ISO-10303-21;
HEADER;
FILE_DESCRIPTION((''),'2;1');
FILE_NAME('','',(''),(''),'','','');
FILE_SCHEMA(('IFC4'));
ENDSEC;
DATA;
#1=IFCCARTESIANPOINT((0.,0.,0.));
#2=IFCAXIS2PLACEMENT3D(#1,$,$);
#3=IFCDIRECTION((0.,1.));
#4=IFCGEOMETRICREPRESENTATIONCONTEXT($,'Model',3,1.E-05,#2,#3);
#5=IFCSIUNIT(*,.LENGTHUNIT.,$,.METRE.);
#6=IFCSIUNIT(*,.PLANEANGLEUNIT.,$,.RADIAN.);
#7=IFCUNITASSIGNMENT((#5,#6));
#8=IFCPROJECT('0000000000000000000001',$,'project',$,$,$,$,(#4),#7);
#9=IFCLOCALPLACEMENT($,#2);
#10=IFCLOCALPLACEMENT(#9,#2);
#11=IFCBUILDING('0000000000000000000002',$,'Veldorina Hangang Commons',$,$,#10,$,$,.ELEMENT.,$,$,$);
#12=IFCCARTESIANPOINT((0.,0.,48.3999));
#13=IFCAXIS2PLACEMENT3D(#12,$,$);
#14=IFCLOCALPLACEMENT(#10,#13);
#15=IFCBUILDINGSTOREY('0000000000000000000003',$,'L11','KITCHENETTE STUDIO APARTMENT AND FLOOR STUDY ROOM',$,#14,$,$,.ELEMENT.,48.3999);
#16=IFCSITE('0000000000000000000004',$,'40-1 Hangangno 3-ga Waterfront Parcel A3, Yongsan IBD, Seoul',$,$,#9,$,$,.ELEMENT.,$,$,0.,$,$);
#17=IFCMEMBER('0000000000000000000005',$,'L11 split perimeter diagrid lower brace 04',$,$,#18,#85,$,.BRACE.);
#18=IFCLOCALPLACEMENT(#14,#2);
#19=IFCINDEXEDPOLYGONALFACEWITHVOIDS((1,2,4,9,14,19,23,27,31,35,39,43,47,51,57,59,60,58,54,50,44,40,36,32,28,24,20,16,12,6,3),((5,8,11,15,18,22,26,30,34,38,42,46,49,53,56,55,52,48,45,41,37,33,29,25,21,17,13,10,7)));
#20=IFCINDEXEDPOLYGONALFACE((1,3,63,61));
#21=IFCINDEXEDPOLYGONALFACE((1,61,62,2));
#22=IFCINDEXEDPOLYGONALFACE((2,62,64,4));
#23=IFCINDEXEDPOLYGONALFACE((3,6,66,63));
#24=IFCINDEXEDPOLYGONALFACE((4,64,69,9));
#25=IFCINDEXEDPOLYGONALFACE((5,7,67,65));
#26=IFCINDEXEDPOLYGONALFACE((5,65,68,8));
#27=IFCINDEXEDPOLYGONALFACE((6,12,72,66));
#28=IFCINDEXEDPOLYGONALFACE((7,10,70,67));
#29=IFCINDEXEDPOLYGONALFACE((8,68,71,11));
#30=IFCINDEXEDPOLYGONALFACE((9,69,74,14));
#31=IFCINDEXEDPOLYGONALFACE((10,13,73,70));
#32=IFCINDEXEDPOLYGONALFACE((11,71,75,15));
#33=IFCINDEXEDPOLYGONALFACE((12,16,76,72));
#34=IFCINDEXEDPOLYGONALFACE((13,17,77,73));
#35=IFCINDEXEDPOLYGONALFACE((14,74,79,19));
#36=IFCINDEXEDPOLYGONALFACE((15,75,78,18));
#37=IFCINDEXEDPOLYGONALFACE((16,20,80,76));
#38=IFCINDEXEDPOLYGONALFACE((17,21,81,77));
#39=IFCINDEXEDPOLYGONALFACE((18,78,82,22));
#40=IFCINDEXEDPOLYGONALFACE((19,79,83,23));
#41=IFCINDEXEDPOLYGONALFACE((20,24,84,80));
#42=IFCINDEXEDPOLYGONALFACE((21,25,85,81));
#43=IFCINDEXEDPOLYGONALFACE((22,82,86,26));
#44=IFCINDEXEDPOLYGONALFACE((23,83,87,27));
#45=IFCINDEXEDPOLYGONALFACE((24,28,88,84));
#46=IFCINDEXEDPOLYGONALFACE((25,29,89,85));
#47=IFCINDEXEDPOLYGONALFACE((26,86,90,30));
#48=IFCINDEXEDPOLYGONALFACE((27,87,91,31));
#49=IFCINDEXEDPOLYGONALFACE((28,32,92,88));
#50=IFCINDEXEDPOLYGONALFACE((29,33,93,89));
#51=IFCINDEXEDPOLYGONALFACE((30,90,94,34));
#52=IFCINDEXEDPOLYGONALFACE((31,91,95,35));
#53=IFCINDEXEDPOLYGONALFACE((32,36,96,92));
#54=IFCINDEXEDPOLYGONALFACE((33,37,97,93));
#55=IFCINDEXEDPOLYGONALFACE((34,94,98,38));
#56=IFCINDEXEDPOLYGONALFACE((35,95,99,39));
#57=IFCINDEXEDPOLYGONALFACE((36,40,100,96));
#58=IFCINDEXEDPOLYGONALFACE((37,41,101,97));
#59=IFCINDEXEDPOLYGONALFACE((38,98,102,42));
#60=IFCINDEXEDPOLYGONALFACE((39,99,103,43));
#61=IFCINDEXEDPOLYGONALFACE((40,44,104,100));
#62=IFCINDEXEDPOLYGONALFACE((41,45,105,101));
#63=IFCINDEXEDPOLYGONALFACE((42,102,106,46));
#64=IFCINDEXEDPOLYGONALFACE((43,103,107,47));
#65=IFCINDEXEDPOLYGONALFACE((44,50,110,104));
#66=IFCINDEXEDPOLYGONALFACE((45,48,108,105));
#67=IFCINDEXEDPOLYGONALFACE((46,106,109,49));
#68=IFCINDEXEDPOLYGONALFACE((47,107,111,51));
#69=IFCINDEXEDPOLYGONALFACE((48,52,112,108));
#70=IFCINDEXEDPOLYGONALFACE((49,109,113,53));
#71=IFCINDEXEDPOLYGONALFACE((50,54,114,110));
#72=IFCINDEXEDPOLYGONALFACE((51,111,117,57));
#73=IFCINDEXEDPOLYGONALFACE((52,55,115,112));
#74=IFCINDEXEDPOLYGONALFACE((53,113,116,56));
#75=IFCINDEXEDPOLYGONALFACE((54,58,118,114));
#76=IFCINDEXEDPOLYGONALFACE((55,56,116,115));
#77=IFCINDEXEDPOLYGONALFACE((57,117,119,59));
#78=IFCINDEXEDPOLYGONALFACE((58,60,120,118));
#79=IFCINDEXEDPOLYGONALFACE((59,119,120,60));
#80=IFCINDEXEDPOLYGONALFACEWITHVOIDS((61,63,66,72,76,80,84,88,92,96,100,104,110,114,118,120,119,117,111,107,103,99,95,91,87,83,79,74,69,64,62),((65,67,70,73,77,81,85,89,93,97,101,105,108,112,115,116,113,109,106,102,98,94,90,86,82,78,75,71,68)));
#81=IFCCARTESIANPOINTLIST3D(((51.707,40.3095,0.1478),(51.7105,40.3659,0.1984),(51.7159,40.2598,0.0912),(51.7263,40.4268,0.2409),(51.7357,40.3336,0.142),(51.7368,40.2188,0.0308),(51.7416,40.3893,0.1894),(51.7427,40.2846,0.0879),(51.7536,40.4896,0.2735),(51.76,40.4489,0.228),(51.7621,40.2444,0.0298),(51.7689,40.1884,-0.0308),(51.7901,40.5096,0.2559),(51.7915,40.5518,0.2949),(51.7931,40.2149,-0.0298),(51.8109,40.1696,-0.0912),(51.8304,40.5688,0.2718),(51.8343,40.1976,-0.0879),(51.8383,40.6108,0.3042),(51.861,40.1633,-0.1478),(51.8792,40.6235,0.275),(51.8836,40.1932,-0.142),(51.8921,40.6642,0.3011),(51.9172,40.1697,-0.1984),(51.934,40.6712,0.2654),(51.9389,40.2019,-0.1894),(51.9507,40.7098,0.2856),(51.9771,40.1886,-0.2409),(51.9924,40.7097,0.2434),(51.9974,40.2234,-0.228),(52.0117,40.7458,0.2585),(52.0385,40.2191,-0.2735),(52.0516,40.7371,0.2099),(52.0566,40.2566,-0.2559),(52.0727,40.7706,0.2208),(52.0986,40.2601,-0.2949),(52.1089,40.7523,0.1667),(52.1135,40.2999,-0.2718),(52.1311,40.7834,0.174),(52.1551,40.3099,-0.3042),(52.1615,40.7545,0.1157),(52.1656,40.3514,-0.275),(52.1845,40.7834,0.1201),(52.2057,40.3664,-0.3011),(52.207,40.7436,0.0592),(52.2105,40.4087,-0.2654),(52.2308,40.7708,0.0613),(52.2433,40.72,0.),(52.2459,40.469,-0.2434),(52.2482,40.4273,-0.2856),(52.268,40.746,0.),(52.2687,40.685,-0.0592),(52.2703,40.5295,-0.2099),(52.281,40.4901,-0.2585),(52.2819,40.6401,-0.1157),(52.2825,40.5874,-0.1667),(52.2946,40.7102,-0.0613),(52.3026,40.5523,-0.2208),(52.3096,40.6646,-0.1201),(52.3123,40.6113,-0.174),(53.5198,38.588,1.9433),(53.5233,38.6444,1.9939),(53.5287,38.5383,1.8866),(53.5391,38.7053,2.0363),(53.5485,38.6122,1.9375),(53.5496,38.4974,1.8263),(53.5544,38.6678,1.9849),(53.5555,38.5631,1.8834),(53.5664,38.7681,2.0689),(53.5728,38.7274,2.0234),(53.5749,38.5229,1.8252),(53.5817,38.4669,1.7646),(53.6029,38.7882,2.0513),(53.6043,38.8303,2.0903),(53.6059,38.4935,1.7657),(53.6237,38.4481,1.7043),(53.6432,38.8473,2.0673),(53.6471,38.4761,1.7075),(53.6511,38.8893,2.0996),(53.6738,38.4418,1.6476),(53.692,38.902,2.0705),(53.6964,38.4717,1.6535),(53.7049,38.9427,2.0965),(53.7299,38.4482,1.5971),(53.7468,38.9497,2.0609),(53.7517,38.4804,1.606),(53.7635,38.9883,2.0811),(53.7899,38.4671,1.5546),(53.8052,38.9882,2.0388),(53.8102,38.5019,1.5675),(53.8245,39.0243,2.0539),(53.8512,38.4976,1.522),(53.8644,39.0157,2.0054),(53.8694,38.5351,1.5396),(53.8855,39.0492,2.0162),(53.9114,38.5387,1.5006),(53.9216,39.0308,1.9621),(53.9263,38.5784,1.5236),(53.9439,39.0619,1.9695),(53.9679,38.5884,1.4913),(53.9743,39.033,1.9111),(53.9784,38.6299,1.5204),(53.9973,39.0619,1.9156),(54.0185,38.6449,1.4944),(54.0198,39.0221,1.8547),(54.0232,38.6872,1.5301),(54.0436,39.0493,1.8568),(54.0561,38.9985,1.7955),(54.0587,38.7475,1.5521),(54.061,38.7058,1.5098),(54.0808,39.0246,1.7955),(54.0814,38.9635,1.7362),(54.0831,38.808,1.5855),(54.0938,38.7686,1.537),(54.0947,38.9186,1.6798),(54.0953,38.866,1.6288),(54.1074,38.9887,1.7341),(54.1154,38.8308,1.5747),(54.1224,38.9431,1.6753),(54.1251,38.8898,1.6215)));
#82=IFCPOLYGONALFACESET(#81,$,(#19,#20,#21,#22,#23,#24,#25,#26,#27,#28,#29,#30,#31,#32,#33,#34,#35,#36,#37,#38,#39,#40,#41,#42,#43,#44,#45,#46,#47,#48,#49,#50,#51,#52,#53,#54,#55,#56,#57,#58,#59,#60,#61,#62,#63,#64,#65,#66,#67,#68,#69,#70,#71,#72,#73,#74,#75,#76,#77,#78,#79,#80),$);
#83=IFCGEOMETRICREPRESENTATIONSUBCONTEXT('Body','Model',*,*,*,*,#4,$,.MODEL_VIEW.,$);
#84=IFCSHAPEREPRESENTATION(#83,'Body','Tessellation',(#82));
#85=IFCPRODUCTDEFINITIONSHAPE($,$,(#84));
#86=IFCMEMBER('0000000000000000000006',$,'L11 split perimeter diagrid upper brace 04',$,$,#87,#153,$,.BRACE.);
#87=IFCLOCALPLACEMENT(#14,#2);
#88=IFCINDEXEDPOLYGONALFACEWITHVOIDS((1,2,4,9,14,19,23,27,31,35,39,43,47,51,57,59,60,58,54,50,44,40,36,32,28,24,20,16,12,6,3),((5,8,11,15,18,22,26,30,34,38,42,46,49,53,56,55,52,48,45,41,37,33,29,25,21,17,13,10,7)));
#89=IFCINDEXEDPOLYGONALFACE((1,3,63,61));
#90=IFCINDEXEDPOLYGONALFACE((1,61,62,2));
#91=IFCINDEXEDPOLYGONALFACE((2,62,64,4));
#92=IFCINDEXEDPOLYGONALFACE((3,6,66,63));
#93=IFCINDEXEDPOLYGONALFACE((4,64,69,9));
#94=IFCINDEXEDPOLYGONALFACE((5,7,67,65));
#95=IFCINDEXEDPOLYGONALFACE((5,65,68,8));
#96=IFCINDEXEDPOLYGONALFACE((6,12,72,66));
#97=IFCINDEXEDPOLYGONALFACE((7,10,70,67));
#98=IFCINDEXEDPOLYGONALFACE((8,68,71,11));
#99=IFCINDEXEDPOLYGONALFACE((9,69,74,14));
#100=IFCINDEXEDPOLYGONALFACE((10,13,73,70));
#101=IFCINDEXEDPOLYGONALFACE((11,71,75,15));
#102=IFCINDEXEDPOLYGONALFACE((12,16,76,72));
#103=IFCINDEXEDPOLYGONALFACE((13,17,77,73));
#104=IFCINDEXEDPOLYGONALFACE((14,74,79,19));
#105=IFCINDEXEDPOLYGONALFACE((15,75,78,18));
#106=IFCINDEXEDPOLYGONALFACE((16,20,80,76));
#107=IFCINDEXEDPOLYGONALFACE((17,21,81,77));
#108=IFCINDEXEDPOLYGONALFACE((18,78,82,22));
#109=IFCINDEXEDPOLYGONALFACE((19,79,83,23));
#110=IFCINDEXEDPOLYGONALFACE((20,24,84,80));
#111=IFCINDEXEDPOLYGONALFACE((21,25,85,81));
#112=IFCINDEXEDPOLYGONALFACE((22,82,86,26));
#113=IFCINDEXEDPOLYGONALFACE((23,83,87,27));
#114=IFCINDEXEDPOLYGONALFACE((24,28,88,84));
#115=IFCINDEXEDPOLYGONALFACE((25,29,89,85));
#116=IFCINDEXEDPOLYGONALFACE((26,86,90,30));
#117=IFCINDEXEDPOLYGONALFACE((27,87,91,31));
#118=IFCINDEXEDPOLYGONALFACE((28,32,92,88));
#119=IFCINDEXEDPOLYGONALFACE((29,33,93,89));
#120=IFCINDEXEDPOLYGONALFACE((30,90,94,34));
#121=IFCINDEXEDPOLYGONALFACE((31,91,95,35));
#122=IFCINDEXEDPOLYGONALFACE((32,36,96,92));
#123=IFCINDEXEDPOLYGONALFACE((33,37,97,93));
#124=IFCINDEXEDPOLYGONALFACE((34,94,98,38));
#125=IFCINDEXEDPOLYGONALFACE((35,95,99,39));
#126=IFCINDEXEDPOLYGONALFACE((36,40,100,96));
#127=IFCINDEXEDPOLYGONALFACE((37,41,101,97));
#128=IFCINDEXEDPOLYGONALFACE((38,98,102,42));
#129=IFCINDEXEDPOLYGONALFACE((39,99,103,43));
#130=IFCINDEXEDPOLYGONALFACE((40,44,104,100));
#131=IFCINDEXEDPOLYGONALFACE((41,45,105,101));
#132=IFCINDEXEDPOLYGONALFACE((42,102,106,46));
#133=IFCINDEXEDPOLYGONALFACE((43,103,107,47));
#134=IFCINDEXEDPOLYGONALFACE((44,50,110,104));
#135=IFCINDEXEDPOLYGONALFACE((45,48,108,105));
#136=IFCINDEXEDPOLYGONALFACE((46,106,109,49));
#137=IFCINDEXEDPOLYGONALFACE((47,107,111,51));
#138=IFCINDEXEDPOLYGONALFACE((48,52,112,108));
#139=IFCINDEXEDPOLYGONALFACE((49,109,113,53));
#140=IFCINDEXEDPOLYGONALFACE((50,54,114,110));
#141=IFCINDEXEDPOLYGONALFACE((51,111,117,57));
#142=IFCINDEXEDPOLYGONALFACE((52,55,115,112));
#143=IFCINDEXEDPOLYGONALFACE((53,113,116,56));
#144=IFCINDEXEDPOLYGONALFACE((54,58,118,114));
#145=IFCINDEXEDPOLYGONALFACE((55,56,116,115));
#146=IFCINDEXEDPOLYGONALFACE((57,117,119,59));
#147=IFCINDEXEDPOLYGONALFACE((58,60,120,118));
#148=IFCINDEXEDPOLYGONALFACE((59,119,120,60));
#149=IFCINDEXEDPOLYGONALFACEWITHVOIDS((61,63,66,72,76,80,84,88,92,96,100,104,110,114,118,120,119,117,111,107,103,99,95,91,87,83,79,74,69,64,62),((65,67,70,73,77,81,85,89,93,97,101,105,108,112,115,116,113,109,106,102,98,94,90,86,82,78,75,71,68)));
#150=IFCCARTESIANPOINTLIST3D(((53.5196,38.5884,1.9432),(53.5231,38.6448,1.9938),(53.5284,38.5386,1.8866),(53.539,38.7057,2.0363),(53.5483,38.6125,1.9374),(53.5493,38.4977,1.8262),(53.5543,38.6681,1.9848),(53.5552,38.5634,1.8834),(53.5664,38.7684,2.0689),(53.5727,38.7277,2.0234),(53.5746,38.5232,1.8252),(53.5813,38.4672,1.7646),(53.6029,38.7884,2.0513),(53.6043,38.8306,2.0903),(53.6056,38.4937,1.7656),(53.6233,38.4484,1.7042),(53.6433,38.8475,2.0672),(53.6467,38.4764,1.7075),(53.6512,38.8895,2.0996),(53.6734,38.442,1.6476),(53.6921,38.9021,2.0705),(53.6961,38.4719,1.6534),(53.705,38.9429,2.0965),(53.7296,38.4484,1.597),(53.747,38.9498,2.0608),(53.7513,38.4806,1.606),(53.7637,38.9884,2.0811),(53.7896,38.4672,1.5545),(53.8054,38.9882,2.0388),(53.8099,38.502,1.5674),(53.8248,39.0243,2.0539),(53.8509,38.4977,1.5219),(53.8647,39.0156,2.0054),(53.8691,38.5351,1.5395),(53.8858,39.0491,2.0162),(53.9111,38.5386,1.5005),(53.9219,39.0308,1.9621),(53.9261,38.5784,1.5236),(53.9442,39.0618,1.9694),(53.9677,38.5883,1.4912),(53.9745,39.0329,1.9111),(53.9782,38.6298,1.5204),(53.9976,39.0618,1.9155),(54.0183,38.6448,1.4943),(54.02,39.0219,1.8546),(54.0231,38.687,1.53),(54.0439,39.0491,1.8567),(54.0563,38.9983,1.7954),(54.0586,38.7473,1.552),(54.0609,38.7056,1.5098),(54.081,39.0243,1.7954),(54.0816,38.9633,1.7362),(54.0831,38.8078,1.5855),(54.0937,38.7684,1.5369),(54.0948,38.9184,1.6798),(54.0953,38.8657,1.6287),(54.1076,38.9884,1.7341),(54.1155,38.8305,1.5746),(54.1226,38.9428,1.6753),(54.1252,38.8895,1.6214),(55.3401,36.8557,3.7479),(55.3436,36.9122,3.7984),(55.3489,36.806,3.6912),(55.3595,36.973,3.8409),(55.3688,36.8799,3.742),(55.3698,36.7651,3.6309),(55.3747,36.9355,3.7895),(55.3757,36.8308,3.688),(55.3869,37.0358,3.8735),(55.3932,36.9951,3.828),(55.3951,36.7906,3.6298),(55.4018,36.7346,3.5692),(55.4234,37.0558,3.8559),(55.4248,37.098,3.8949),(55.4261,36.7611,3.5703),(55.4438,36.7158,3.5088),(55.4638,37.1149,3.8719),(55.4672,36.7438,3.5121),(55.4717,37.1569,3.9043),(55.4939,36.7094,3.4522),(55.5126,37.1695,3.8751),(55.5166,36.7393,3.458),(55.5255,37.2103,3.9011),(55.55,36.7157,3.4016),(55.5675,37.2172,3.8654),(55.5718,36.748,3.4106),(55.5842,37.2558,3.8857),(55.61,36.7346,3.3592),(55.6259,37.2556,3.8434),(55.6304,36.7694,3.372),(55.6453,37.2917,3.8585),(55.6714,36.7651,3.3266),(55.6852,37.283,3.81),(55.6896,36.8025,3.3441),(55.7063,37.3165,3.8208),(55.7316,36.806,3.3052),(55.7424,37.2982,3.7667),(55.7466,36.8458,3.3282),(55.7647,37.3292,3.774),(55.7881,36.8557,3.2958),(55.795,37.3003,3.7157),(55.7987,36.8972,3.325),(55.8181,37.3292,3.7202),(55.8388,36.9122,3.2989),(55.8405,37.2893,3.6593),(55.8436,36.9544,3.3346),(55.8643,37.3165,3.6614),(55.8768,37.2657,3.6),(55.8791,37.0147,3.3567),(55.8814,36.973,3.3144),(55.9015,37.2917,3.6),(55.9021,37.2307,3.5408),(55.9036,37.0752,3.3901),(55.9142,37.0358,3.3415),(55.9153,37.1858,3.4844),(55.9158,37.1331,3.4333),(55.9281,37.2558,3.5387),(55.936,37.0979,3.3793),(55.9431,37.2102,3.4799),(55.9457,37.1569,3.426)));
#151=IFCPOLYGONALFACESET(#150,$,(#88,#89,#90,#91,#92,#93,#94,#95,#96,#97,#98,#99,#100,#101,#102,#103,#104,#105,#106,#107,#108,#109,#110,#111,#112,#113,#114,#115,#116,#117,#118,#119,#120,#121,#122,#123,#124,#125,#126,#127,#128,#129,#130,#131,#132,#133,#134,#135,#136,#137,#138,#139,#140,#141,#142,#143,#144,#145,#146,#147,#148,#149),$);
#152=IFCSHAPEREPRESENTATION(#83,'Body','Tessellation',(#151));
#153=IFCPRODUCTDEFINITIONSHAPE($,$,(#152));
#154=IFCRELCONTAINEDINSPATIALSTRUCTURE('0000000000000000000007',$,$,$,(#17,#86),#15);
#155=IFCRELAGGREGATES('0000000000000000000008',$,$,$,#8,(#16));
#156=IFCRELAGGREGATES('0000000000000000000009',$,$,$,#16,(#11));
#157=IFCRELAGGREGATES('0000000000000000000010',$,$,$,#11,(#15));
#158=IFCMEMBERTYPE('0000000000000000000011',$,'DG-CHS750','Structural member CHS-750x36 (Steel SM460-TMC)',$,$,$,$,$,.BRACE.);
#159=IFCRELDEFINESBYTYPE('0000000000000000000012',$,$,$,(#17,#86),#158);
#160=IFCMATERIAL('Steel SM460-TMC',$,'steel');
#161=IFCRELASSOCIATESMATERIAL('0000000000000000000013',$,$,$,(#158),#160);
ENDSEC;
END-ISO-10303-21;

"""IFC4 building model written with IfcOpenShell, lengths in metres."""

from ifc_helpers import new_model, si_unit, direction, frame, origin, origin_2d, place, context, subcontext, project, spatial, hollow_circle, extrude, material, material_profile, profile_set, type_object, element, save


model = new_model("IFC4")

# Units and contexts
model_context = context("Model", 3, precision=1e-05, world=origin(), true_north=direction((0.0, 1.0)))
body_context = subcontext(model_context, "Body", "Model", "MODEL_VIEW")
ifc_project = project(units=[si_unit("LENGTHUNIT", "METRE"), si_unit("PLANEANGLEUNIT", "RADIAN")], contexts=[model_context])

# Site, building, storey
site_placement = place(None, origin())
site = spatial("IfcSite", under=ifc_project, at=site_placement, Name="40-1 Hangangno 3-ga Waterfront Parcel A3, Yongsan IBD, Seoul", CompositionType="ELEMENT", RefElevation=0.0)
building_placement = place(site_placement, origin())
building = spatial("IfcBuilding", under=site, at=building_placement, Name="Veldorina Hangang Commons", CompositionType="ELEMENT")
storey_placement = place(building_placement, frame((0.0, 0.0, 48.3999)))
storey = spatial("IfcBuildingStorey", under=building, at=storey_placement, Name="L11", Description="KITCHENETTE STUDIO APARTMENT AND FLOOR STUDY ROOM", CompositionType="ELEMENT", Elevation=48.3999)

# Shared definitions
ifc_material_1 = material(Name="Steel SM460-TMC", Category="steel")

# Members
ifc_material_profile_1 = material_profile(ifc_material_1, hollow_circle(Radius=0.375, WallThickness=0.0359, at=origin_2d()), Name="CHS-750x36")
ifc_profile_set_1 = profile_set([ifc_material_profile_1], Name="Steel SM460-TMC")
member_type = type_object("IfcMemberType", Name="DG-CHS750", Description="Structural member CHS-750x36 (Steel SM460-TMC)", PredefinedType="BRACE", material=ifc_profile_set_1)
member_1_placement = place(storey_placement, frame((52.0098, 40.4741, 0.0), z_axis=(0.588973, -0.559306, 0.583341), x_axis=(0.688608, 0.725134, 0.0)))
element("IfcMember", 1, at=member_1_placement, inside=storey, type_object=member_type, Name="L11 split perimeter diagrid lower brace 04", PredefinedType="BRACE", context=body_context, shape_type="SweptSolid", body=[
    extrude(hollow_circle(Radius=0.375, WallThickness=0.0359, at=origin_2d()), origin(), (0.0, 0.0, 1.0), 3.0779),
])
member_2_placement = place(storey_placement, frame((53.8225, 38.7527, 1.7954), z_axis=(0.588396, -0.55999, 0.583267), x_axis=(0.689405, 0.724376, 0.0)))
element("IfcMember", 2, at=member_2_placement, inside=storey, type_object=member_type, Name="L11 split perimeter diagrid upper brace 04", PredefinedType="BRACE", context=body_context, shape_type="SweptSolid", body=[
    extrude(hollow_circle(Radius=0.375, WallThickness=0.0359, at=origin_2d()), origin(), (0.0, 0.0, 1.0), 3.094),
])

save(model, "model.ifc")
